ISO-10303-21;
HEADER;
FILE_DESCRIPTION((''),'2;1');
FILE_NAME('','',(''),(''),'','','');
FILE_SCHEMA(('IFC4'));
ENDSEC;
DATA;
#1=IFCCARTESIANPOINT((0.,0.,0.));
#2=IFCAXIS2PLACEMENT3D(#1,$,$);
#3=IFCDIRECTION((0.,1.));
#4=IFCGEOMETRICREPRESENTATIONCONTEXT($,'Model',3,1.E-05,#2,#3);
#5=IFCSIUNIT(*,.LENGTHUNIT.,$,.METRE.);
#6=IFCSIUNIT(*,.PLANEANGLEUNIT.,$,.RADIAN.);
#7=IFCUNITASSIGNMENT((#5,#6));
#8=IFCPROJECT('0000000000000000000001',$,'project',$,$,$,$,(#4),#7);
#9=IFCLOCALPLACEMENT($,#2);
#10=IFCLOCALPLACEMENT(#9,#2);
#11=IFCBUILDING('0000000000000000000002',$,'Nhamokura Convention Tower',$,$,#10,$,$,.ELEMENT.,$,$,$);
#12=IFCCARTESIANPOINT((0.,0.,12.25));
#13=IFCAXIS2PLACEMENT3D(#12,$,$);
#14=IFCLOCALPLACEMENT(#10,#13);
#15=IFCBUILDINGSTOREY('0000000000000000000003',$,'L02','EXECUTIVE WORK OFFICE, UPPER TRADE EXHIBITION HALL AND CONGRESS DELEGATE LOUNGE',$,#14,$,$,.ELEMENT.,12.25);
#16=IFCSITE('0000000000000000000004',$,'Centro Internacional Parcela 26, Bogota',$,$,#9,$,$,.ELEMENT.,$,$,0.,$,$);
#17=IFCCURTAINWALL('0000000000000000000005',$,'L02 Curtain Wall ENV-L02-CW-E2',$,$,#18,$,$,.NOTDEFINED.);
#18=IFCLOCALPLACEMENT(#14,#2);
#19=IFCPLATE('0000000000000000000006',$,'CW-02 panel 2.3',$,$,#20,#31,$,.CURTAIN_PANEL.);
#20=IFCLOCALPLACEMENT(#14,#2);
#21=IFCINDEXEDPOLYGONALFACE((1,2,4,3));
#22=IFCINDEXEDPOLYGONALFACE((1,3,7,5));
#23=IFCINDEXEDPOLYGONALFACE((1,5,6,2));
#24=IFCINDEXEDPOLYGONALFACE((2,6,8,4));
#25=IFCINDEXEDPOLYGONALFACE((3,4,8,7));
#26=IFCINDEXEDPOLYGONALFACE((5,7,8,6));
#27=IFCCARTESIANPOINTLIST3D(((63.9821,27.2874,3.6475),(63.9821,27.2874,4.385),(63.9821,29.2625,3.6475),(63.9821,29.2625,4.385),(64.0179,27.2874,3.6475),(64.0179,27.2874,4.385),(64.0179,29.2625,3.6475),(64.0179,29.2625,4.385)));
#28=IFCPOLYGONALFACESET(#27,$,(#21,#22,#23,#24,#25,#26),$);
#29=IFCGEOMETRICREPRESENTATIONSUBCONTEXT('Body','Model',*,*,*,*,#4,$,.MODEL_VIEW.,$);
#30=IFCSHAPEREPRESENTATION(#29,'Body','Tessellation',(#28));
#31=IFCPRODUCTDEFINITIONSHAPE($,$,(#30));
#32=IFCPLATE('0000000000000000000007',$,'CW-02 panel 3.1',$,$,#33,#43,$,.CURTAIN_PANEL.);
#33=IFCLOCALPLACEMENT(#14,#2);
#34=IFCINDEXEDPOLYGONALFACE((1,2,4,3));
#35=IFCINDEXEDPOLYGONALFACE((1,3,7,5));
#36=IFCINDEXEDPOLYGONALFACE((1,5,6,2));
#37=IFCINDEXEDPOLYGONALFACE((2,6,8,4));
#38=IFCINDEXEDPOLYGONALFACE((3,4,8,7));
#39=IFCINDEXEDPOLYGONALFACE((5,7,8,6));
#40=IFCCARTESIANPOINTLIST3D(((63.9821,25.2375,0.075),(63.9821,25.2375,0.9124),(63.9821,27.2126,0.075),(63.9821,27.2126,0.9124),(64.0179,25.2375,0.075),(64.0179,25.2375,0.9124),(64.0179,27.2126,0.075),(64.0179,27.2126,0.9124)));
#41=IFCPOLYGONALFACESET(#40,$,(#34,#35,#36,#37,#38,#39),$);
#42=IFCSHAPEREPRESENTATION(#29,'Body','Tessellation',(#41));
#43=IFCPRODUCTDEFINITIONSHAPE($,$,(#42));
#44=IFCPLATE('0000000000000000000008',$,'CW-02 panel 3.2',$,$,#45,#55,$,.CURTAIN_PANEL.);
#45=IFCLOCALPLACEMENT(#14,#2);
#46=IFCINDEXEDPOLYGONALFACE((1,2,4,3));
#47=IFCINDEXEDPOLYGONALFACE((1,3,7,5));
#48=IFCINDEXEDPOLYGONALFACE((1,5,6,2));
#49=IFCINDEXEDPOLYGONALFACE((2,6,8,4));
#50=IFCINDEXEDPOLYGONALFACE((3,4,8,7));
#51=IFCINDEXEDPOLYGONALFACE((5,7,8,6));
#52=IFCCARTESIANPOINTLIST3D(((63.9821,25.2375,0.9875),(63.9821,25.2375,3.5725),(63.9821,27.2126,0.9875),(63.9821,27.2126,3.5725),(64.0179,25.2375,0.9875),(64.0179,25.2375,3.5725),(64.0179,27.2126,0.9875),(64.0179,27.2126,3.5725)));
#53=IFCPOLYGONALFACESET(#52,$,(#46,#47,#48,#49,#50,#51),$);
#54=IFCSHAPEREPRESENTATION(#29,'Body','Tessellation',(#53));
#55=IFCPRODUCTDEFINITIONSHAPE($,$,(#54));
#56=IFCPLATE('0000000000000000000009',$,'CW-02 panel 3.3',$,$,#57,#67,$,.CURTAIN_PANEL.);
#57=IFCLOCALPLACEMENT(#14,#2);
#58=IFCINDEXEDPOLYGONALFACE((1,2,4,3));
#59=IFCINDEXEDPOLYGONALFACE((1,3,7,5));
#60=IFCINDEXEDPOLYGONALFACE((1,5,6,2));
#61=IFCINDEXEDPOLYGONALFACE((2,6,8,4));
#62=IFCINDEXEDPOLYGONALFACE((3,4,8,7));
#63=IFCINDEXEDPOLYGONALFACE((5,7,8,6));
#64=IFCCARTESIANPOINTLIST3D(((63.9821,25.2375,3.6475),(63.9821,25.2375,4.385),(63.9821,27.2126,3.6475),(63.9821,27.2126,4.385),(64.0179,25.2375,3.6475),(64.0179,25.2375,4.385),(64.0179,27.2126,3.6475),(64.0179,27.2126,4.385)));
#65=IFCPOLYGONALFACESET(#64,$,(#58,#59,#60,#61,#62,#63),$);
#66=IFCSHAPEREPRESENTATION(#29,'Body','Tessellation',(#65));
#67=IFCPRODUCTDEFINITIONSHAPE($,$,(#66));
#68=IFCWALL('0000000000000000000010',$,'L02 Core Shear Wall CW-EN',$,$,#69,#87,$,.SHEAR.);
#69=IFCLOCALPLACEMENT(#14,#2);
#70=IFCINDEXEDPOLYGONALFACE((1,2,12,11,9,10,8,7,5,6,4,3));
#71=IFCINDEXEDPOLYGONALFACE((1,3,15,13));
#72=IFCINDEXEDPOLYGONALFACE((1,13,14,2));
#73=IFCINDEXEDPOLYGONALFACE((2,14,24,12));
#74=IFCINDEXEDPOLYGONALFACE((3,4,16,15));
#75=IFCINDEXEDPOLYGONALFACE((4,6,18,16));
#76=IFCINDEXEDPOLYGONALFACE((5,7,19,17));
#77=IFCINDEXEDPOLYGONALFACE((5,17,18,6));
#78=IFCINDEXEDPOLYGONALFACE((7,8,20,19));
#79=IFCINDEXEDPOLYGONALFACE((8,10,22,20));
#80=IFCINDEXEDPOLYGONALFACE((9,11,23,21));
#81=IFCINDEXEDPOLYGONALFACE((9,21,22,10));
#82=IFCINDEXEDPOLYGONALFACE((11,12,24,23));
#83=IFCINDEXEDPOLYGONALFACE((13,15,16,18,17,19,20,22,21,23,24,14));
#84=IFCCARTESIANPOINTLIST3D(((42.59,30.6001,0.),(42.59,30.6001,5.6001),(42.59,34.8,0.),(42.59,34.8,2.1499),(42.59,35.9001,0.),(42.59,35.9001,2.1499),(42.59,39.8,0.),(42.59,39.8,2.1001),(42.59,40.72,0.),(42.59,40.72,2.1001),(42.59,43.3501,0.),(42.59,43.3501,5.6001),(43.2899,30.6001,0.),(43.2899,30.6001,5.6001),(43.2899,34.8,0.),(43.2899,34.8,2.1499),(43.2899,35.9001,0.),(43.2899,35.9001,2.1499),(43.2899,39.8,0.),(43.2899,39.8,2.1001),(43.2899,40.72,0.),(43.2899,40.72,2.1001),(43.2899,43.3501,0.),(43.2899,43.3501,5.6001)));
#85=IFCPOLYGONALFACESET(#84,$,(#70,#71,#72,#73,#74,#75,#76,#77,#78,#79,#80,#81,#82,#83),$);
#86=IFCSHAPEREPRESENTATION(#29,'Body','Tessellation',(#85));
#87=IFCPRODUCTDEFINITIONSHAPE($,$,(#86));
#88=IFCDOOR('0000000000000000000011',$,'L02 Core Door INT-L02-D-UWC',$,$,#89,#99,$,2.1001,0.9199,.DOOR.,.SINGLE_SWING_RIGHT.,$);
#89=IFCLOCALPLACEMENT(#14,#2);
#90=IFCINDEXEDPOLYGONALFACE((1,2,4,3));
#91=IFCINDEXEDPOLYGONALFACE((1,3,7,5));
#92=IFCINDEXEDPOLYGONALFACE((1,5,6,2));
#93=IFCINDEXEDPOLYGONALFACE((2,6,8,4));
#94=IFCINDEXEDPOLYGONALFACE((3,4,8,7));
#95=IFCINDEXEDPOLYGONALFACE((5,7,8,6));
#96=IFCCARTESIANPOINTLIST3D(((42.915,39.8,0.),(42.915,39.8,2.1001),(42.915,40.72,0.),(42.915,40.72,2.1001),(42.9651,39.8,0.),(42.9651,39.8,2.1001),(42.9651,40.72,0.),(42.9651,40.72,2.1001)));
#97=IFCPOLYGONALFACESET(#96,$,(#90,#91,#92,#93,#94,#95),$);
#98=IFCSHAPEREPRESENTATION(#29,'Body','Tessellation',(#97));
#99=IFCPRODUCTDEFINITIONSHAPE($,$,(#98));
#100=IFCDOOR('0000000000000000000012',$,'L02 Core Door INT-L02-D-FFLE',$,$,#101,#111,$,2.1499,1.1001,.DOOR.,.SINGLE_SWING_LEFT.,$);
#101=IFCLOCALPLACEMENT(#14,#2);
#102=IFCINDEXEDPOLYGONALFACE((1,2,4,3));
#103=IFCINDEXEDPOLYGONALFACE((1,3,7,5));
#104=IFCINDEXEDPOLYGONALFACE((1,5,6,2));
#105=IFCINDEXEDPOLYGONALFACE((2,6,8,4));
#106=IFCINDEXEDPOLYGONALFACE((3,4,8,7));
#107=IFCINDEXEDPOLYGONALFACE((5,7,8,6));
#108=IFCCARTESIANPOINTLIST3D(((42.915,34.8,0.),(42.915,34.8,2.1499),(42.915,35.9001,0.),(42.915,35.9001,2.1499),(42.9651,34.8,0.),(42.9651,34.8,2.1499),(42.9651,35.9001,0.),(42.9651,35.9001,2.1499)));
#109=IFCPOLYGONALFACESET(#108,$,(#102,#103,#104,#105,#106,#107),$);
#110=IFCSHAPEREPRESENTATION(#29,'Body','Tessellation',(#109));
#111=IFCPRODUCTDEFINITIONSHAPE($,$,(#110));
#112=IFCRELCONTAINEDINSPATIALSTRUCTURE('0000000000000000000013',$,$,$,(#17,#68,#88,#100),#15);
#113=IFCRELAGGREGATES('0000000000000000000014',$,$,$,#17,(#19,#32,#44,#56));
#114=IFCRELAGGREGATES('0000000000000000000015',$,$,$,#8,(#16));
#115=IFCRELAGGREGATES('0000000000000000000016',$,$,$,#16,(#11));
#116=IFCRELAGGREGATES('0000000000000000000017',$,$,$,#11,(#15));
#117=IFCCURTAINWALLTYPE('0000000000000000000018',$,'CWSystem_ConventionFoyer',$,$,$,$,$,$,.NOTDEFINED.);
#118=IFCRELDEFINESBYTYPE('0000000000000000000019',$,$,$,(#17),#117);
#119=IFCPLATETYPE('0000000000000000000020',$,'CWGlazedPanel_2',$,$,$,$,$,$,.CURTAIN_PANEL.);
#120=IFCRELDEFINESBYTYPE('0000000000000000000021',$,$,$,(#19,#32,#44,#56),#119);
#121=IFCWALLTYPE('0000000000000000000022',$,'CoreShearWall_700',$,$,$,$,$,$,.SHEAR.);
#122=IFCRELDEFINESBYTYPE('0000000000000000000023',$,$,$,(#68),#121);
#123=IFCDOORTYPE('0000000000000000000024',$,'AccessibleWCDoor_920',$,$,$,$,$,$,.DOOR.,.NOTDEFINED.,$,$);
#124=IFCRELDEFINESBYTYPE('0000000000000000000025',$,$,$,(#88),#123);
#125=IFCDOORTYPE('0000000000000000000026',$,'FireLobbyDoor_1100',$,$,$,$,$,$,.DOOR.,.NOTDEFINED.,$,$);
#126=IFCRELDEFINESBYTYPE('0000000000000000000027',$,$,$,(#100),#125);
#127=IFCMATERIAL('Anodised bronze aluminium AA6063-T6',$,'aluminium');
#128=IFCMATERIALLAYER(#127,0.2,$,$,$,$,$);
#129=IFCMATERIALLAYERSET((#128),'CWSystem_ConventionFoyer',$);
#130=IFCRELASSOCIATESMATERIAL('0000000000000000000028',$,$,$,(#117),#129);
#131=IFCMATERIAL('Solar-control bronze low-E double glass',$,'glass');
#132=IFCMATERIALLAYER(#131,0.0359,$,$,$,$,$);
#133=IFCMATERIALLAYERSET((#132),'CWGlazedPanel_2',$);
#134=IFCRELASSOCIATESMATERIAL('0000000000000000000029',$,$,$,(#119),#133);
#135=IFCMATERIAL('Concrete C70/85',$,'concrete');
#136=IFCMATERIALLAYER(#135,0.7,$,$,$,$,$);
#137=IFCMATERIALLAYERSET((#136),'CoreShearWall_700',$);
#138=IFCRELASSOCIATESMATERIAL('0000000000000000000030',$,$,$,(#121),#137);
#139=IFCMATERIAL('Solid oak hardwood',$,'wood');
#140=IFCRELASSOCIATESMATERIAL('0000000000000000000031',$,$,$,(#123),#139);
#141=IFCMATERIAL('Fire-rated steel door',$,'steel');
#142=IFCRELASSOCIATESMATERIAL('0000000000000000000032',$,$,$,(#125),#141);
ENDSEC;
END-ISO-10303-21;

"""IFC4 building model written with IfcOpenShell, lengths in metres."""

from ifc_helpers import new_model, si_unit, direction, frame, frame_2d, origin, origin_2d, place, context, subcontext, project, spatial, rectangle, extrude, material, layer, layer_set, type_object, element, fill, aggregate, save


model = new_model("IFC4")

# Units and contexts
model_context = context("Model", 3, precision=1e-05, world=origin(), true_north=direction((0.0, 1.0)))
body_context = subcontext(model_context, "Body", "Model", "MODEL_VIEW")
ifc_project = project(units=[si_unit("LENGTHUNIT", "METRE"), si_unit("PLANEANGLEUNIT", "RADIAN")], contexts=[model_context])

# Site, building, storey
site_placement = place(None, origin())
site = spatial("IfcSite", under=ifc_project, at=site_placement, Name="Centro Internacional Parcela 26, Bogota", CompositionType="ELEMENT", RefElevation=0.0)
building_placement = place(site_placement, origin())
building = spatial("IfcBuilding", under=site, at=building_placement, Name="Nhamokura Convention Tower", CompositionType="ELEMENT")
storey_placement = place(building_placement, frame((0.0, 0.0, 12.25)))
storey = spatial("IfcBuildingStorey", under=building, at=storey_placement, Name="L02", Description="EXECUTIVE WORK OFFICE, UPPER TRADE EXHIBITION HALL AND CONGRESS DELEGATE LOUNGE", CompositionType="ELEMENT", Elevation=12.25)

# Curtain wall
ifc_material_1 = material(Name="Anodised bronze aluminium AA6063-T6", Category="aluminium")
ifc_layer_1 = layer(ifc_material_1, 0.2)
ifc_layer_set_1 = layer_set([ifc_layer_1], Name="CWSystem_ConventionFoyer")
curtain_wall_type = type_object("IfcCurtainWallType", Name="CWSystem_ConventionFoyer", PredefinedType="NOTDEFINED", material=ifc_layer_set_1)
curtain_wall_placement = place(storey_placement, origin())
curtain_wall = element("IfcCurtainWall", 1, at=curtain_wall_placement, inside=storey, type_object=curtain_wall_type, Name="L02 Curtain Wall ENV-L02-CW-E2", PredefinedType="NOTDEFINED")

# Plates
ifc_material_2 = material(Name="Solar-control bronze low-E double glass", Category="glass")
ifc_layer_2 = layer(ifc_material_2, 0.0359)
ifc_layer_set_2 = layer_set([ifc_layer_2], Name="CWGlazedPanel_2")
plate_type = type_object("IfcPlateType", Name="CWGlazedPanel_2", PredefinedType="CURTAIN_PANEL", material=ifc_layer_set_2)
plate_1_placement = place(storey_placement, frame((64.0, 28.2749, 3.6475), z_axis=(0.0, 0.0, 1.0), x_axis=(0.0, -1.0, 0.0)))
plate_1 = element("IfcPlate", 2, at=plate_1_placement, type_object=plate_type, Name="CW-02 panel 2.3", PredefinedType="CURTAIN_PANEL", context=body_context, shape_type="SweptSolid", body=[
    extrude(rectangle(XDim=1.9751, YDim=0.0359, at=origin_2d()), origin(), (0.0, 0.0, 1.0), 0.7375),
])
plate_2_placement = place(storey_placement, frame((64.0, 26.2251, 0.075), z_axis=(0.0, 0.0, 1.0), x_axis=(0.0, -1.0, 0.0)))
plate_2 = element("IfcPlate", 3, at=plate_2_placement, type_object=plate_type, Name="CW-02 panel 3.1", PredefinedType="CURTAIN_PANEL", context=body_context, shape_type="SweptSolid", body=[
    extrude(rectangle(XDim=1.9751, YDim=0.0359, at=origin_2d()), origin(), (0.0, 0.0, 1.0), 0.8374),
])
plate_3_placement = place(storey_placement, frame((64.0, 26.2251, 0.9875), z_axis=(0.0, 0.0, 1.0), x_axis=(0.0, -1.0, 0.0)))
plate_3 = element("IfcPlate", 4, at=plate_3_placement, type_object=plate_type, Name="CW-02 panel 3.2", PredefinedType="CURTAIN_PANEL", context=body_context, shape_type="SweptSolid", body=[
    extrude(rectangle(XDim=1.9751, YDim=0.0359, at=origin_2d()), origin(), (0.0, 0.0, 1.0), 2.585),
])
plate_4_placement = place(storey_placement, frame((64.0, 26.2251, 3.6475), z_axis=(0.0, 0.0, 1.0), x_axis=(0.0, -1.0, 0.0)))
plate_4 = element("IfcPlate", 5, at=plate_4_placement, type_object=plate_type, Name="CW-02 panel 3.3", PredefinedType="CURTAIN_PANEL", context=body_context, shape_type="SweptSolid", body=[
    extrude(rectangle(XDim=1.9751, YDim=0.0359, at=origin_2d()), origin(), (0.0, 0.0, 1.0), 0.7375),
])
aggregate(curtain_wall, [plate_1, plate_2, plate_3, plate_4])

# Wall, openings, doors
ifc_material_3 = material(Name="Concrete C70/85", Category="concrete")
ifc_layer_3 = layer(ifc_material_3, 0.7)
ifc_layer_set_3 = layer_set([ifc_layer_3], Name="CoreShearWall_700")
wall_type = type_object("IfcWallType", Name="CoreShearWall_700", PredefinedType="SHEAR", material=ifc_layer_set_3)
wall_placement = place(storey_placement, frame((42.9399, 30.6001, 0.0), z_axis=(0.0, 0.0, 1.0), x_axis=(0.0, 1.0, 0.0)))
wall = element("IfcWall", 6, at=wall_placement, inside=storey, type_object=wall_type, Name="L02 Core Shear Wall CW-EN", PredefinedType="SHEAR", context=body_context, shape_type="SweptSolid", body=[
    extrude(rectangle(XDim=12.75, YDim=0.7, at=frame_2d((6.375, 0.0))), origin(), (0.0, 0.0, 1.0), 5.6001),
])
opening_1_placement = place(wall_placement, frame((4.2, 0.0, 0.0)))
opening_1 = element("IfcOpeningElement", 7, at=opening_1_placement, cuts=wall, PredefinedType="OPENING", context=body_context, shape_type="SweptSolid", body=[
    extrude(rectangle(XDim=1.1001, YDim=2.1499, at=frame_2d((0.55, 1.075))), frame((0.0, 0.3599, 0.0), z_axis=(0.0, -1.0, 0.0), x_axis=(1.0, 0.0, 0.0)), (0.0, 0.0, 1.0), 0.72),
])
opening_2_placement = place(wall_placement, frame((9.2, 0.0, 0.0)))
opening_2 = element("IfcOpeningElement", 8, at=opening_2_placement, cuts=wall, PredefinedType="OPENING", context=body_context, shape_type="SweptSolid", body=[
    extrude(rectangle(XDim=0.9199, YDim=2.1001, at=frame_2d((0.46, 1.05))), frame((0.0, 0.3599, 0.0), z_axis=(0.0, -1.0, 0.0), x_axis=(1.0, 0.0, 0.0)), (0.0, 0.0, 1.0), 0.72),
])
ifc_material_4 = material(Name="Solid oak hardwood", Category="wood")
door_type_1 = type_object("IfcDoorType", Name="AccessibleWCDoor_920", OperationType="NOTDEFINED", PredefinedType="DOOR", material=ifc_material_4)
door_1_placement = place(opening_2_placement, origin())
door_1 = element("IfcDoor", 9, at=door_1_placement, inside=storey, type_object=door_type_1, Name="L02 Core Door INT-L02-D-UWC", OperationType="SINGLE_SWING_RIGHT", OverallHeight=2.1001, OverallWidth=0.9199, PredefinedType="DOOR", context=body_context, shape_type="SweptSolid", body=[
    extrude(rectangle(XDim=0.9199, YDim=2.1001, at=frame_2d((0.46, 1.05))), frame((0.0, 0.0249, 0.0), z_axis=(0.0, -1.0, 0.0), x_axis=(1.0, 0.0, 0.0)), (0.0, 0.0, 1.0), 0.05),
])
fill(opening_2, door_1)
ifc_material_5 = material(Name="Fire-rated steel door", Category="steel")
door_type_2 = type_object("IfcDoorType", Name="FireLobbyDoor_1100", OperationType="NOTDEFINED", PredefinedType="DOOR", material=ifc_material_5)
door_2_placement = place(opening_1_placement, origin())
door_2 = element("IfcDoor", 10, at=door_2_placement, inside=storey, type_object=door_type_2, Name="L02 Core Door INT-L02-D-FFLE", OperationType="SINGLE_SWING_LEFT", OverallHeight=2.1499, OverallWidth=1.1001, PredefinedType="DOOR", context=body_context, shape_type="SweptSolid", body=[
    extrude(rectangle(XDim=1.1001, YDim=2.1499, at=frame_2d((0.55, 1.075))), frame((0.0, 0.0249, 0.0), z_axis=(0.0, -1.0, 0.0), x_axis=(1.0, 0.0, 0.0)), (0.0, 0.0, 1.0), 0.05),
])
fill(opening_1, door_2)

save(model, "model.ifc")
